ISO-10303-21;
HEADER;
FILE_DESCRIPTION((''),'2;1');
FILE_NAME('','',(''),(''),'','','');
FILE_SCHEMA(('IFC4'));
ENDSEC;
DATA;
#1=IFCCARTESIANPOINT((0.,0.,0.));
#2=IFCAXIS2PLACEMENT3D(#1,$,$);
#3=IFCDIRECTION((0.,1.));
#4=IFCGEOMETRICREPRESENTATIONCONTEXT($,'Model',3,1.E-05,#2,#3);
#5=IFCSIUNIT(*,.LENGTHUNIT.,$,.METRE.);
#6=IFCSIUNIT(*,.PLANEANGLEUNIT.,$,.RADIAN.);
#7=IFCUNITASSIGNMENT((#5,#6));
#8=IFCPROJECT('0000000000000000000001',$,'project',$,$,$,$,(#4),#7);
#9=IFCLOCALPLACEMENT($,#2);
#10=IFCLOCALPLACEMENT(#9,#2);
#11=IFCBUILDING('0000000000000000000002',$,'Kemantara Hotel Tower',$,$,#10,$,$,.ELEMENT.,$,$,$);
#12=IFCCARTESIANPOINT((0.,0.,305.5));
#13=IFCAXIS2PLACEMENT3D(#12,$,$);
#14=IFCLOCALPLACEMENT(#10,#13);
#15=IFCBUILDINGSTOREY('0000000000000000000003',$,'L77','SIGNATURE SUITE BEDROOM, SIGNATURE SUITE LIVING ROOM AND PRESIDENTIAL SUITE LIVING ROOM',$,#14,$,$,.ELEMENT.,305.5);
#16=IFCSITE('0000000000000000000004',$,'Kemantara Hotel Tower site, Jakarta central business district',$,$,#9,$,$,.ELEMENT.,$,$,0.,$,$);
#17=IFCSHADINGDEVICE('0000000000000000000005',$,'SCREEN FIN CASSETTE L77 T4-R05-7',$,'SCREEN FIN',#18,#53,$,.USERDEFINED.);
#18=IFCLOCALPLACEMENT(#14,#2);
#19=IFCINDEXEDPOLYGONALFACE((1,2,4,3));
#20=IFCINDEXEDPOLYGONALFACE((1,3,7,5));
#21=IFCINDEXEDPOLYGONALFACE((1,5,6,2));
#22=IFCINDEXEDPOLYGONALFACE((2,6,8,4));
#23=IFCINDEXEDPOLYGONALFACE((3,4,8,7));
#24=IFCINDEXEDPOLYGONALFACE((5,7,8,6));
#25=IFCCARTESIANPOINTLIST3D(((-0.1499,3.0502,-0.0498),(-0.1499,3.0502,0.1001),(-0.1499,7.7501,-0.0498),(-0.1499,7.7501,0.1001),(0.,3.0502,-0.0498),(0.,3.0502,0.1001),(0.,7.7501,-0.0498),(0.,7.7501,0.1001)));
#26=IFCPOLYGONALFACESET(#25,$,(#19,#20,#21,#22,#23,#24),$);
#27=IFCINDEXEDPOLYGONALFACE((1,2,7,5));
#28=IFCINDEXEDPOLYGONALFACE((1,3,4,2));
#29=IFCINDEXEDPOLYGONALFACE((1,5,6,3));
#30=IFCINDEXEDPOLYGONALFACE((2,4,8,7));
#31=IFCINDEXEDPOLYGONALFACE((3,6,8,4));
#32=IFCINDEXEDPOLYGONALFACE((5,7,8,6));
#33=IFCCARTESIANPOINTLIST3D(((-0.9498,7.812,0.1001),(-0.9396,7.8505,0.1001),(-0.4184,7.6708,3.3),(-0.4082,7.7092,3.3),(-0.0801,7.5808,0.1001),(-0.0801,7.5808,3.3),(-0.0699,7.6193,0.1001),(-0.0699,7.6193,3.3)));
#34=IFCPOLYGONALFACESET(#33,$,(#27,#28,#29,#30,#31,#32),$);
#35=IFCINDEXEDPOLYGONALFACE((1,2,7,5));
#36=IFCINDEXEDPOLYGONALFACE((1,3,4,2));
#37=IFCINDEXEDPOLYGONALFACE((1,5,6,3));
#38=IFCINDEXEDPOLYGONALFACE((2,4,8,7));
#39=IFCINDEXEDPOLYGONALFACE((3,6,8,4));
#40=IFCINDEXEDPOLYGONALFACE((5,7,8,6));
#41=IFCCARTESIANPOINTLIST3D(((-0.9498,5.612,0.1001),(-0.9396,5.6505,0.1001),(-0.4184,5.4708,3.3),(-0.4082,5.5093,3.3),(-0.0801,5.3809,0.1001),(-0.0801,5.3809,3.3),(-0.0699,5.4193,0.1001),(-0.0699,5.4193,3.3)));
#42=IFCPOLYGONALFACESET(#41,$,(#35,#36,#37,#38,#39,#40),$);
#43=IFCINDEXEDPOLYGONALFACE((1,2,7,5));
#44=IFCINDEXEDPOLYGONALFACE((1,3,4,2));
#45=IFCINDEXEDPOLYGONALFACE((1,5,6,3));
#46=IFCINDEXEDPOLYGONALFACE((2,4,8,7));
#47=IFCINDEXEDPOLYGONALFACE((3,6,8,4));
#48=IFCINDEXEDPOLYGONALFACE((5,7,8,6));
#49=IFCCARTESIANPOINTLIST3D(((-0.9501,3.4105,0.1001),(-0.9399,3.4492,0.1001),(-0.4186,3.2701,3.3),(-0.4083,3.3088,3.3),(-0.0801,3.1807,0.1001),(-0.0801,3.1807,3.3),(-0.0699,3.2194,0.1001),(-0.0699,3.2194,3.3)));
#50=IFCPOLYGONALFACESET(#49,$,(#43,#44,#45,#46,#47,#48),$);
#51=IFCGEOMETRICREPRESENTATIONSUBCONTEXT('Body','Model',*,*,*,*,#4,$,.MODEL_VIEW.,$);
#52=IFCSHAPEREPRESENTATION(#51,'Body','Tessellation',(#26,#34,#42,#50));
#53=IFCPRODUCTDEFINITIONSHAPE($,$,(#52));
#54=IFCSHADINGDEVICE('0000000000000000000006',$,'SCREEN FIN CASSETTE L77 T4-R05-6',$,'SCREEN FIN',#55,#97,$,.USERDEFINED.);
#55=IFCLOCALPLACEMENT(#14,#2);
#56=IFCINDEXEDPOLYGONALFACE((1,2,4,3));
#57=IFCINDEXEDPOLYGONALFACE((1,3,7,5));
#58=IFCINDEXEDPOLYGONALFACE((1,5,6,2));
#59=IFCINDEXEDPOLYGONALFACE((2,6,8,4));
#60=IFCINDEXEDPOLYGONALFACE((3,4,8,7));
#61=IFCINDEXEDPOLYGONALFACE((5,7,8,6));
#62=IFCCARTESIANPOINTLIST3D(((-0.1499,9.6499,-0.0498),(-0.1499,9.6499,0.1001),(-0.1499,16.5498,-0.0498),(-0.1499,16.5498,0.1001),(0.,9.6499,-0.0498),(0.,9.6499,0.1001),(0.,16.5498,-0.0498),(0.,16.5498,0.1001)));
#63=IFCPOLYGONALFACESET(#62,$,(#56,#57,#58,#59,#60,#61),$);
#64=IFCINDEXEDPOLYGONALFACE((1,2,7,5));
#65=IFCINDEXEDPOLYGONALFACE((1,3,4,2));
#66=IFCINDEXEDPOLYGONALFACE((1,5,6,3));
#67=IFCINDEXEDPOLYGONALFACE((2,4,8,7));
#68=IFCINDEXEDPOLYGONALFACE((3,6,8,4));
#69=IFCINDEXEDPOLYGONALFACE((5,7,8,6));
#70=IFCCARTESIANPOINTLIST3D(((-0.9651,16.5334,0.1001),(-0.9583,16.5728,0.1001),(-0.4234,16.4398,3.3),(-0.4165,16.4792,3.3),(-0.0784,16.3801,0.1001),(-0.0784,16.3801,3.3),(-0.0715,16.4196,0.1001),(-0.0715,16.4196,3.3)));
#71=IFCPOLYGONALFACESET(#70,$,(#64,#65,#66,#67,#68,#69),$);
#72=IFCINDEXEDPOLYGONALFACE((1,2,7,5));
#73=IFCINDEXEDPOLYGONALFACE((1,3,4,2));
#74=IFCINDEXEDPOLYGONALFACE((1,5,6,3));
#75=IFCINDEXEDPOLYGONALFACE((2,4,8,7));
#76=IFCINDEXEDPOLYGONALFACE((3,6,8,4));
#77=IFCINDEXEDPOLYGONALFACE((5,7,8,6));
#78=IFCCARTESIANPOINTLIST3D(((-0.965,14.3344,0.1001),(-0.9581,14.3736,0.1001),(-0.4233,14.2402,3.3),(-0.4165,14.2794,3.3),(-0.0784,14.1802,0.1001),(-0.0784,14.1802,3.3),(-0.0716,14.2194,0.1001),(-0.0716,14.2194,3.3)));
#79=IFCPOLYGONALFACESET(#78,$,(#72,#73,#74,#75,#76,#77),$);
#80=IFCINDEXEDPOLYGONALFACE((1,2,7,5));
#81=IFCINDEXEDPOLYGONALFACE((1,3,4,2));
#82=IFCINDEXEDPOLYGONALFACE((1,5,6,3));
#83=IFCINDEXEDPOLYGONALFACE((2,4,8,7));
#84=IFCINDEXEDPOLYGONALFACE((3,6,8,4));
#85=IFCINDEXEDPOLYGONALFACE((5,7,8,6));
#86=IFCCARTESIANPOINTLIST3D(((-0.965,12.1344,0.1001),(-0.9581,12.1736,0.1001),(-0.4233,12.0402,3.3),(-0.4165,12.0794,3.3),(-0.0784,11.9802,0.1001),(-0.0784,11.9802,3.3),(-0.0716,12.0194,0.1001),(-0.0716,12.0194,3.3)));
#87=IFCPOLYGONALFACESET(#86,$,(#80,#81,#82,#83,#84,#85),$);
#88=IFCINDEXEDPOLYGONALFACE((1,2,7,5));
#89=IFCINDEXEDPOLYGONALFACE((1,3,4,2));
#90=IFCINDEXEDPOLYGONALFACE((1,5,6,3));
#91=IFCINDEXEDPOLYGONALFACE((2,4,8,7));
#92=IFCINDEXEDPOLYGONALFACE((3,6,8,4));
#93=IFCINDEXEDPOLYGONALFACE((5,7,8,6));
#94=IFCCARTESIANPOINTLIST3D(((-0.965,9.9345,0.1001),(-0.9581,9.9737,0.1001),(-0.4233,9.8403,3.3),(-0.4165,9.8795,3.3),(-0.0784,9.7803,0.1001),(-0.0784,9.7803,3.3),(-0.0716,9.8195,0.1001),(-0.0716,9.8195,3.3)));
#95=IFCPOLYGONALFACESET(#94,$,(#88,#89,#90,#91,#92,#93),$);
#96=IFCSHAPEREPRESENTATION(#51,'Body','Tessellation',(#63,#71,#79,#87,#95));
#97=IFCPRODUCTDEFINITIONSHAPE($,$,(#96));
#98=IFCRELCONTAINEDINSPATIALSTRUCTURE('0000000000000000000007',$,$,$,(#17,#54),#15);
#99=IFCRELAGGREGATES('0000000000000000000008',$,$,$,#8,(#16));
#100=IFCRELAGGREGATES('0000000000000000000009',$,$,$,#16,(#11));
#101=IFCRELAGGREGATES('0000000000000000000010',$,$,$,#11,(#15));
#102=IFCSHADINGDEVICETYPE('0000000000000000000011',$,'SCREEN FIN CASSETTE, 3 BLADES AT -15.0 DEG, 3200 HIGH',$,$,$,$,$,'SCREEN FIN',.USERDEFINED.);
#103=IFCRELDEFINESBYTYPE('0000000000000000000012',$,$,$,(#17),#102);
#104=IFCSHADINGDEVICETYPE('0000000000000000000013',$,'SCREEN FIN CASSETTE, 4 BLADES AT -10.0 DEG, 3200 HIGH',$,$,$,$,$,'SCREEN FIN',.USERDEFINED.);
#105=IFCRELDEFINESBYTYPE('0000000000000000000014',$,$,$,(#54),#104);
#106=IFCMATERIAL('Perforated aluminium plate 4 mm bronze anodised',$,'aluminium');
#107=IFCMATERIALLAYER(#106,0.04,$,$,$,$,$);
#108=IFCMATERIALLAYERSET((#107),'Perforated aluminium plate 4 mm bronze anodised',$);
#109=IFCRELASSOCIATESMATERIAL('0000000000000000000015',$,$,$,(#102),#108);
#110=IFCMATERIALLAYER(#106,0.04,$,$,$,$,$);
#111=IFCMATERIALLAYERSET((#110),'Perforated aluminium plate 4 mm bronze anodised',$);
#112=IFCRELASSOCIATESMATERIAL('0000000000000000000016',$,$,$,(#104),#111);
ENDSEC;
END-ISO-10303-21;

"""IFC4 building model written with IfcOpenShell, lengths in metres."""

from ifc_helpers import new_model, si_unit, direction, frame, origin, origin_2d, place, context, subcontext, project, spatial, polyline, rectangle, outline, extrude, source, transform, mapped, material, layer, layer_set, type_object, element, save


model = new_model("IFC4")

# Units and contexts
model_context = context("Model", 3, precision=1e-05, world=origin(), true_north=direction((0.0, 1.0)))
body_context = subcontext(model_context, "Body", "Model", "MODEL_VIEW")
ifc_project = project(units=[si_unit("LENGTHUNIT", "METRE"), si_unit("PLANEANGLEUNIT", "RADIAN")], contexts=[model_context])

# Site, building, storey
site_placement = place(None, origin())
site = spatial("IfcSite", under=ifc_project, at=site_placement, Name="Kemantara Hotel Tower site, Jakarta central business district", CompositionType="ELEMENT", RefElevation=0.0)
building_placement = place(site_placement, origin())
building = spatial("IfcBuilding", under=site, at=building_placement, Name="Kemantara Hotel Tower", CompositionType="ELEMENT")
storey_placement = place(building_placement, frame((0.0, 0.0, 305.5)))
storey = spatial("IfcBuildingStorey", under=building, at=storey_placement, Name="L77", Description="SIGNATURE SUITE BEDROOM, SIGNATURE SUITE LIVING ROOM AND PRESIDENTIAL SUITE LIVING ROOM", CompositionType="ELEMENT", Elevation=305.5)

# Shading devices
ifc_material_1 = material(Name="Perforated aluminium plate 4 mm bronze anodised", Category="aluminium")
ifc_layer_1 = layer(ifc_material_1, 0.04)
ifc_layer_set_1 = layer_set([ifc_layer_1], Name="Perforated aluminium plate 4 mm bronze anodised")
shading_device_type_1 = type_object("IfcShadingDeviceType", Name="SCREEN FIN CASSETTE, 3 BLADES AT -15.0 DEG, 3200 HIGH", ElementType="SCREEN FIN", PredefinedType="USERDEFINED", material=ifc_layer_set_1)
shared_shape_1 = source(origin(), body_context, "Body", "SweptSolid", [
    extrude(rectangle(XDim=4.7, YDim=0.1499, at=origin_2d()), frame((2.2, -0.075, -0.1499), z_axis=(0.0, 0.0, 1.0), x_axis=(1.0, 0.0, 0.0)), (0.0, 0.0, 1.0), 0.1499),
    extrude(outline(polyline([(0.0, 0.0), (0.8999, 0.0), (0.3501, 3.2), (0.0, 3.2), (0.0, 0.0)])), frame((0.0193, -0.0801, 0.0), z_axis=(-0.966438, 0.256901, 0.0), x_axis=(-0.256901, -0.966438, 0.0)), (0.0, 0.0, 1.0), 0.0398),
    extrude(outline(polyline([(0.0, 0.0), (0.8999, 0.0), (0.3501, 3.2), (0.0, 3.2), (0.0, 0.0)])), frame((2.2192, -0.0801, 0.0), z_axis=(-0.966438, 0.256901, 0.0), x_axis=(-0.256901, -0.966438, 0.0)), (0.0, 0.0, 1.0), 0.0398),
    extrude(outline(polyline([(0.0, 0.0), (0.8999, 0.0), (0.3501, 3.2), (0.0, 3.2), (0.0, 0.0)])), frame((4.4194, -0.0801, 0.0), z_axis=(-0.966838, 0.255391, 0.0), x_axis=(-0.255391, -0.966838, 0.0)), (0.0, 0.0, 1.0), 0.04),
])
shading_device_1_placement = place(storey_placement, frame((0.0, 7.6001, 0.1001), z_axis=(0.0, 0.0, 1.0), x_axis=(0.0, -1.0, 0.0)))
element("IfcShadingDevice", 1, at=shading_device_1_placement, inside=storey, type_object=shading_device_type_1, Name="SCREEN FIN CASSETTE L77 T4-R05-7", ObjectType="SCREEN FIN", PredefinedType="USERDEFINED", context=body_context, shape_type="MappedRepresentation", body=[
    mapped(shared_shape_1, transform((0.0, 0.0, 0.0))),
])
ifc_layer_2 = layer(ifc_material_1, 0.04)
ifc_layer_set_2 = layer_set([ifc_layer_2], Name="Perforated aluminium plate 4 mm bronze anodised")
shading_device_type_2 = type_object("IfcShadingDeviceType", Name="SCREEN FIN CASSETTE, 4 BLADES AT -10.0 DEG, 3200 HIGH", ElementType="SCREEN FIN", PredefinedType="USERDEFINED", material=ifc_layer_set_2)
shared_shape_2 = source(origin(), body_context, "Body", "SweptSolid", [
    extrude(rectangle(XDim=6.8999, YDim=0.1499, at=origin_2d()), frame((3.3, -0.075, -0.1499), z_axis=(0.0, 0.0, 1.0), x_axis=(1.0, 0.0, 0.0)), (0.0, 0.0, 1.0), 0.1499),
    extrude(outline(polyline([(0.0, 0.0), (0.8999, 0.0), (0.3501, 3.2), (0.0, 3.2), (0.0, 0.0)])), frame((0.0198, -0.0784, 0.0), z_axis=(-0.98539, 0.170314, 0.0), x_axis=(-0.170314, -0.98539, 0.0)), (0.0, 0.0, 1.0), 0.04),
    extrude(outline(polyline([(0.0, 0.0), (0.8999, 0.0), (0.3501, 3.2), (0.0, 3.2), (0.0, 0.0)])), frame((2.2197, -0.0784, 0.0), z_axis=(-0.985212, 0.171341, 0.0), x_axis=(-0.171341, -0.985212, 0.0)), (0.0, 0.0, 1.0), 0.0398),
    extrude(outline(polyline([(0.0, 0.0), (0.8999, 0.0), (0.3501, 3.2), (0.0, 3.2), (0.0, 0.0)])), frame((4.4197, -0.0784, 0.0), z_axis=(-0.985212, 0.171341, 0.0), x_axis=(-0.171341, -0.985212, 0.0)), (0.0, 0.0, 1.0), 0.0398),
    extrude(outline(polyline([(0.0, 0.0), (0.8999, 0.0), (0.3501, 3.2), (0.0, 3.2), (0.0, 0.0)])), frame((6.6196, -0.0784, 0.0), z_axis=(-0.985212, 0.171341, 0.0), x_axis=(-0.171341, -0.985212, 0.0)), (0.0, 0.0, 1.0), 0.0398),
])
shading_device_2_placement = place(storey_placement, frame((0.0, 16.3999, 0.1001), z_axis=(0.0, 0.0, 1.0), x_axis=(0.0, -1.0, 0.0)))
element("IfcShadingDevice", 2, at=shading_device_2_placement, inside=storey, type_object=shading_device_type_2, Name="SCREEN FIN CASSETTE L77 T4-R05-6", ObjectType="SCREEN FIN", PredefinedType="USERDEFINED", context=body_context, shape_type="MappedRepresentation", body=[
    mapped(shared_shape_2, transform((0.0, 0.0, 0.0))),
])

save(model, "model.ifc")
